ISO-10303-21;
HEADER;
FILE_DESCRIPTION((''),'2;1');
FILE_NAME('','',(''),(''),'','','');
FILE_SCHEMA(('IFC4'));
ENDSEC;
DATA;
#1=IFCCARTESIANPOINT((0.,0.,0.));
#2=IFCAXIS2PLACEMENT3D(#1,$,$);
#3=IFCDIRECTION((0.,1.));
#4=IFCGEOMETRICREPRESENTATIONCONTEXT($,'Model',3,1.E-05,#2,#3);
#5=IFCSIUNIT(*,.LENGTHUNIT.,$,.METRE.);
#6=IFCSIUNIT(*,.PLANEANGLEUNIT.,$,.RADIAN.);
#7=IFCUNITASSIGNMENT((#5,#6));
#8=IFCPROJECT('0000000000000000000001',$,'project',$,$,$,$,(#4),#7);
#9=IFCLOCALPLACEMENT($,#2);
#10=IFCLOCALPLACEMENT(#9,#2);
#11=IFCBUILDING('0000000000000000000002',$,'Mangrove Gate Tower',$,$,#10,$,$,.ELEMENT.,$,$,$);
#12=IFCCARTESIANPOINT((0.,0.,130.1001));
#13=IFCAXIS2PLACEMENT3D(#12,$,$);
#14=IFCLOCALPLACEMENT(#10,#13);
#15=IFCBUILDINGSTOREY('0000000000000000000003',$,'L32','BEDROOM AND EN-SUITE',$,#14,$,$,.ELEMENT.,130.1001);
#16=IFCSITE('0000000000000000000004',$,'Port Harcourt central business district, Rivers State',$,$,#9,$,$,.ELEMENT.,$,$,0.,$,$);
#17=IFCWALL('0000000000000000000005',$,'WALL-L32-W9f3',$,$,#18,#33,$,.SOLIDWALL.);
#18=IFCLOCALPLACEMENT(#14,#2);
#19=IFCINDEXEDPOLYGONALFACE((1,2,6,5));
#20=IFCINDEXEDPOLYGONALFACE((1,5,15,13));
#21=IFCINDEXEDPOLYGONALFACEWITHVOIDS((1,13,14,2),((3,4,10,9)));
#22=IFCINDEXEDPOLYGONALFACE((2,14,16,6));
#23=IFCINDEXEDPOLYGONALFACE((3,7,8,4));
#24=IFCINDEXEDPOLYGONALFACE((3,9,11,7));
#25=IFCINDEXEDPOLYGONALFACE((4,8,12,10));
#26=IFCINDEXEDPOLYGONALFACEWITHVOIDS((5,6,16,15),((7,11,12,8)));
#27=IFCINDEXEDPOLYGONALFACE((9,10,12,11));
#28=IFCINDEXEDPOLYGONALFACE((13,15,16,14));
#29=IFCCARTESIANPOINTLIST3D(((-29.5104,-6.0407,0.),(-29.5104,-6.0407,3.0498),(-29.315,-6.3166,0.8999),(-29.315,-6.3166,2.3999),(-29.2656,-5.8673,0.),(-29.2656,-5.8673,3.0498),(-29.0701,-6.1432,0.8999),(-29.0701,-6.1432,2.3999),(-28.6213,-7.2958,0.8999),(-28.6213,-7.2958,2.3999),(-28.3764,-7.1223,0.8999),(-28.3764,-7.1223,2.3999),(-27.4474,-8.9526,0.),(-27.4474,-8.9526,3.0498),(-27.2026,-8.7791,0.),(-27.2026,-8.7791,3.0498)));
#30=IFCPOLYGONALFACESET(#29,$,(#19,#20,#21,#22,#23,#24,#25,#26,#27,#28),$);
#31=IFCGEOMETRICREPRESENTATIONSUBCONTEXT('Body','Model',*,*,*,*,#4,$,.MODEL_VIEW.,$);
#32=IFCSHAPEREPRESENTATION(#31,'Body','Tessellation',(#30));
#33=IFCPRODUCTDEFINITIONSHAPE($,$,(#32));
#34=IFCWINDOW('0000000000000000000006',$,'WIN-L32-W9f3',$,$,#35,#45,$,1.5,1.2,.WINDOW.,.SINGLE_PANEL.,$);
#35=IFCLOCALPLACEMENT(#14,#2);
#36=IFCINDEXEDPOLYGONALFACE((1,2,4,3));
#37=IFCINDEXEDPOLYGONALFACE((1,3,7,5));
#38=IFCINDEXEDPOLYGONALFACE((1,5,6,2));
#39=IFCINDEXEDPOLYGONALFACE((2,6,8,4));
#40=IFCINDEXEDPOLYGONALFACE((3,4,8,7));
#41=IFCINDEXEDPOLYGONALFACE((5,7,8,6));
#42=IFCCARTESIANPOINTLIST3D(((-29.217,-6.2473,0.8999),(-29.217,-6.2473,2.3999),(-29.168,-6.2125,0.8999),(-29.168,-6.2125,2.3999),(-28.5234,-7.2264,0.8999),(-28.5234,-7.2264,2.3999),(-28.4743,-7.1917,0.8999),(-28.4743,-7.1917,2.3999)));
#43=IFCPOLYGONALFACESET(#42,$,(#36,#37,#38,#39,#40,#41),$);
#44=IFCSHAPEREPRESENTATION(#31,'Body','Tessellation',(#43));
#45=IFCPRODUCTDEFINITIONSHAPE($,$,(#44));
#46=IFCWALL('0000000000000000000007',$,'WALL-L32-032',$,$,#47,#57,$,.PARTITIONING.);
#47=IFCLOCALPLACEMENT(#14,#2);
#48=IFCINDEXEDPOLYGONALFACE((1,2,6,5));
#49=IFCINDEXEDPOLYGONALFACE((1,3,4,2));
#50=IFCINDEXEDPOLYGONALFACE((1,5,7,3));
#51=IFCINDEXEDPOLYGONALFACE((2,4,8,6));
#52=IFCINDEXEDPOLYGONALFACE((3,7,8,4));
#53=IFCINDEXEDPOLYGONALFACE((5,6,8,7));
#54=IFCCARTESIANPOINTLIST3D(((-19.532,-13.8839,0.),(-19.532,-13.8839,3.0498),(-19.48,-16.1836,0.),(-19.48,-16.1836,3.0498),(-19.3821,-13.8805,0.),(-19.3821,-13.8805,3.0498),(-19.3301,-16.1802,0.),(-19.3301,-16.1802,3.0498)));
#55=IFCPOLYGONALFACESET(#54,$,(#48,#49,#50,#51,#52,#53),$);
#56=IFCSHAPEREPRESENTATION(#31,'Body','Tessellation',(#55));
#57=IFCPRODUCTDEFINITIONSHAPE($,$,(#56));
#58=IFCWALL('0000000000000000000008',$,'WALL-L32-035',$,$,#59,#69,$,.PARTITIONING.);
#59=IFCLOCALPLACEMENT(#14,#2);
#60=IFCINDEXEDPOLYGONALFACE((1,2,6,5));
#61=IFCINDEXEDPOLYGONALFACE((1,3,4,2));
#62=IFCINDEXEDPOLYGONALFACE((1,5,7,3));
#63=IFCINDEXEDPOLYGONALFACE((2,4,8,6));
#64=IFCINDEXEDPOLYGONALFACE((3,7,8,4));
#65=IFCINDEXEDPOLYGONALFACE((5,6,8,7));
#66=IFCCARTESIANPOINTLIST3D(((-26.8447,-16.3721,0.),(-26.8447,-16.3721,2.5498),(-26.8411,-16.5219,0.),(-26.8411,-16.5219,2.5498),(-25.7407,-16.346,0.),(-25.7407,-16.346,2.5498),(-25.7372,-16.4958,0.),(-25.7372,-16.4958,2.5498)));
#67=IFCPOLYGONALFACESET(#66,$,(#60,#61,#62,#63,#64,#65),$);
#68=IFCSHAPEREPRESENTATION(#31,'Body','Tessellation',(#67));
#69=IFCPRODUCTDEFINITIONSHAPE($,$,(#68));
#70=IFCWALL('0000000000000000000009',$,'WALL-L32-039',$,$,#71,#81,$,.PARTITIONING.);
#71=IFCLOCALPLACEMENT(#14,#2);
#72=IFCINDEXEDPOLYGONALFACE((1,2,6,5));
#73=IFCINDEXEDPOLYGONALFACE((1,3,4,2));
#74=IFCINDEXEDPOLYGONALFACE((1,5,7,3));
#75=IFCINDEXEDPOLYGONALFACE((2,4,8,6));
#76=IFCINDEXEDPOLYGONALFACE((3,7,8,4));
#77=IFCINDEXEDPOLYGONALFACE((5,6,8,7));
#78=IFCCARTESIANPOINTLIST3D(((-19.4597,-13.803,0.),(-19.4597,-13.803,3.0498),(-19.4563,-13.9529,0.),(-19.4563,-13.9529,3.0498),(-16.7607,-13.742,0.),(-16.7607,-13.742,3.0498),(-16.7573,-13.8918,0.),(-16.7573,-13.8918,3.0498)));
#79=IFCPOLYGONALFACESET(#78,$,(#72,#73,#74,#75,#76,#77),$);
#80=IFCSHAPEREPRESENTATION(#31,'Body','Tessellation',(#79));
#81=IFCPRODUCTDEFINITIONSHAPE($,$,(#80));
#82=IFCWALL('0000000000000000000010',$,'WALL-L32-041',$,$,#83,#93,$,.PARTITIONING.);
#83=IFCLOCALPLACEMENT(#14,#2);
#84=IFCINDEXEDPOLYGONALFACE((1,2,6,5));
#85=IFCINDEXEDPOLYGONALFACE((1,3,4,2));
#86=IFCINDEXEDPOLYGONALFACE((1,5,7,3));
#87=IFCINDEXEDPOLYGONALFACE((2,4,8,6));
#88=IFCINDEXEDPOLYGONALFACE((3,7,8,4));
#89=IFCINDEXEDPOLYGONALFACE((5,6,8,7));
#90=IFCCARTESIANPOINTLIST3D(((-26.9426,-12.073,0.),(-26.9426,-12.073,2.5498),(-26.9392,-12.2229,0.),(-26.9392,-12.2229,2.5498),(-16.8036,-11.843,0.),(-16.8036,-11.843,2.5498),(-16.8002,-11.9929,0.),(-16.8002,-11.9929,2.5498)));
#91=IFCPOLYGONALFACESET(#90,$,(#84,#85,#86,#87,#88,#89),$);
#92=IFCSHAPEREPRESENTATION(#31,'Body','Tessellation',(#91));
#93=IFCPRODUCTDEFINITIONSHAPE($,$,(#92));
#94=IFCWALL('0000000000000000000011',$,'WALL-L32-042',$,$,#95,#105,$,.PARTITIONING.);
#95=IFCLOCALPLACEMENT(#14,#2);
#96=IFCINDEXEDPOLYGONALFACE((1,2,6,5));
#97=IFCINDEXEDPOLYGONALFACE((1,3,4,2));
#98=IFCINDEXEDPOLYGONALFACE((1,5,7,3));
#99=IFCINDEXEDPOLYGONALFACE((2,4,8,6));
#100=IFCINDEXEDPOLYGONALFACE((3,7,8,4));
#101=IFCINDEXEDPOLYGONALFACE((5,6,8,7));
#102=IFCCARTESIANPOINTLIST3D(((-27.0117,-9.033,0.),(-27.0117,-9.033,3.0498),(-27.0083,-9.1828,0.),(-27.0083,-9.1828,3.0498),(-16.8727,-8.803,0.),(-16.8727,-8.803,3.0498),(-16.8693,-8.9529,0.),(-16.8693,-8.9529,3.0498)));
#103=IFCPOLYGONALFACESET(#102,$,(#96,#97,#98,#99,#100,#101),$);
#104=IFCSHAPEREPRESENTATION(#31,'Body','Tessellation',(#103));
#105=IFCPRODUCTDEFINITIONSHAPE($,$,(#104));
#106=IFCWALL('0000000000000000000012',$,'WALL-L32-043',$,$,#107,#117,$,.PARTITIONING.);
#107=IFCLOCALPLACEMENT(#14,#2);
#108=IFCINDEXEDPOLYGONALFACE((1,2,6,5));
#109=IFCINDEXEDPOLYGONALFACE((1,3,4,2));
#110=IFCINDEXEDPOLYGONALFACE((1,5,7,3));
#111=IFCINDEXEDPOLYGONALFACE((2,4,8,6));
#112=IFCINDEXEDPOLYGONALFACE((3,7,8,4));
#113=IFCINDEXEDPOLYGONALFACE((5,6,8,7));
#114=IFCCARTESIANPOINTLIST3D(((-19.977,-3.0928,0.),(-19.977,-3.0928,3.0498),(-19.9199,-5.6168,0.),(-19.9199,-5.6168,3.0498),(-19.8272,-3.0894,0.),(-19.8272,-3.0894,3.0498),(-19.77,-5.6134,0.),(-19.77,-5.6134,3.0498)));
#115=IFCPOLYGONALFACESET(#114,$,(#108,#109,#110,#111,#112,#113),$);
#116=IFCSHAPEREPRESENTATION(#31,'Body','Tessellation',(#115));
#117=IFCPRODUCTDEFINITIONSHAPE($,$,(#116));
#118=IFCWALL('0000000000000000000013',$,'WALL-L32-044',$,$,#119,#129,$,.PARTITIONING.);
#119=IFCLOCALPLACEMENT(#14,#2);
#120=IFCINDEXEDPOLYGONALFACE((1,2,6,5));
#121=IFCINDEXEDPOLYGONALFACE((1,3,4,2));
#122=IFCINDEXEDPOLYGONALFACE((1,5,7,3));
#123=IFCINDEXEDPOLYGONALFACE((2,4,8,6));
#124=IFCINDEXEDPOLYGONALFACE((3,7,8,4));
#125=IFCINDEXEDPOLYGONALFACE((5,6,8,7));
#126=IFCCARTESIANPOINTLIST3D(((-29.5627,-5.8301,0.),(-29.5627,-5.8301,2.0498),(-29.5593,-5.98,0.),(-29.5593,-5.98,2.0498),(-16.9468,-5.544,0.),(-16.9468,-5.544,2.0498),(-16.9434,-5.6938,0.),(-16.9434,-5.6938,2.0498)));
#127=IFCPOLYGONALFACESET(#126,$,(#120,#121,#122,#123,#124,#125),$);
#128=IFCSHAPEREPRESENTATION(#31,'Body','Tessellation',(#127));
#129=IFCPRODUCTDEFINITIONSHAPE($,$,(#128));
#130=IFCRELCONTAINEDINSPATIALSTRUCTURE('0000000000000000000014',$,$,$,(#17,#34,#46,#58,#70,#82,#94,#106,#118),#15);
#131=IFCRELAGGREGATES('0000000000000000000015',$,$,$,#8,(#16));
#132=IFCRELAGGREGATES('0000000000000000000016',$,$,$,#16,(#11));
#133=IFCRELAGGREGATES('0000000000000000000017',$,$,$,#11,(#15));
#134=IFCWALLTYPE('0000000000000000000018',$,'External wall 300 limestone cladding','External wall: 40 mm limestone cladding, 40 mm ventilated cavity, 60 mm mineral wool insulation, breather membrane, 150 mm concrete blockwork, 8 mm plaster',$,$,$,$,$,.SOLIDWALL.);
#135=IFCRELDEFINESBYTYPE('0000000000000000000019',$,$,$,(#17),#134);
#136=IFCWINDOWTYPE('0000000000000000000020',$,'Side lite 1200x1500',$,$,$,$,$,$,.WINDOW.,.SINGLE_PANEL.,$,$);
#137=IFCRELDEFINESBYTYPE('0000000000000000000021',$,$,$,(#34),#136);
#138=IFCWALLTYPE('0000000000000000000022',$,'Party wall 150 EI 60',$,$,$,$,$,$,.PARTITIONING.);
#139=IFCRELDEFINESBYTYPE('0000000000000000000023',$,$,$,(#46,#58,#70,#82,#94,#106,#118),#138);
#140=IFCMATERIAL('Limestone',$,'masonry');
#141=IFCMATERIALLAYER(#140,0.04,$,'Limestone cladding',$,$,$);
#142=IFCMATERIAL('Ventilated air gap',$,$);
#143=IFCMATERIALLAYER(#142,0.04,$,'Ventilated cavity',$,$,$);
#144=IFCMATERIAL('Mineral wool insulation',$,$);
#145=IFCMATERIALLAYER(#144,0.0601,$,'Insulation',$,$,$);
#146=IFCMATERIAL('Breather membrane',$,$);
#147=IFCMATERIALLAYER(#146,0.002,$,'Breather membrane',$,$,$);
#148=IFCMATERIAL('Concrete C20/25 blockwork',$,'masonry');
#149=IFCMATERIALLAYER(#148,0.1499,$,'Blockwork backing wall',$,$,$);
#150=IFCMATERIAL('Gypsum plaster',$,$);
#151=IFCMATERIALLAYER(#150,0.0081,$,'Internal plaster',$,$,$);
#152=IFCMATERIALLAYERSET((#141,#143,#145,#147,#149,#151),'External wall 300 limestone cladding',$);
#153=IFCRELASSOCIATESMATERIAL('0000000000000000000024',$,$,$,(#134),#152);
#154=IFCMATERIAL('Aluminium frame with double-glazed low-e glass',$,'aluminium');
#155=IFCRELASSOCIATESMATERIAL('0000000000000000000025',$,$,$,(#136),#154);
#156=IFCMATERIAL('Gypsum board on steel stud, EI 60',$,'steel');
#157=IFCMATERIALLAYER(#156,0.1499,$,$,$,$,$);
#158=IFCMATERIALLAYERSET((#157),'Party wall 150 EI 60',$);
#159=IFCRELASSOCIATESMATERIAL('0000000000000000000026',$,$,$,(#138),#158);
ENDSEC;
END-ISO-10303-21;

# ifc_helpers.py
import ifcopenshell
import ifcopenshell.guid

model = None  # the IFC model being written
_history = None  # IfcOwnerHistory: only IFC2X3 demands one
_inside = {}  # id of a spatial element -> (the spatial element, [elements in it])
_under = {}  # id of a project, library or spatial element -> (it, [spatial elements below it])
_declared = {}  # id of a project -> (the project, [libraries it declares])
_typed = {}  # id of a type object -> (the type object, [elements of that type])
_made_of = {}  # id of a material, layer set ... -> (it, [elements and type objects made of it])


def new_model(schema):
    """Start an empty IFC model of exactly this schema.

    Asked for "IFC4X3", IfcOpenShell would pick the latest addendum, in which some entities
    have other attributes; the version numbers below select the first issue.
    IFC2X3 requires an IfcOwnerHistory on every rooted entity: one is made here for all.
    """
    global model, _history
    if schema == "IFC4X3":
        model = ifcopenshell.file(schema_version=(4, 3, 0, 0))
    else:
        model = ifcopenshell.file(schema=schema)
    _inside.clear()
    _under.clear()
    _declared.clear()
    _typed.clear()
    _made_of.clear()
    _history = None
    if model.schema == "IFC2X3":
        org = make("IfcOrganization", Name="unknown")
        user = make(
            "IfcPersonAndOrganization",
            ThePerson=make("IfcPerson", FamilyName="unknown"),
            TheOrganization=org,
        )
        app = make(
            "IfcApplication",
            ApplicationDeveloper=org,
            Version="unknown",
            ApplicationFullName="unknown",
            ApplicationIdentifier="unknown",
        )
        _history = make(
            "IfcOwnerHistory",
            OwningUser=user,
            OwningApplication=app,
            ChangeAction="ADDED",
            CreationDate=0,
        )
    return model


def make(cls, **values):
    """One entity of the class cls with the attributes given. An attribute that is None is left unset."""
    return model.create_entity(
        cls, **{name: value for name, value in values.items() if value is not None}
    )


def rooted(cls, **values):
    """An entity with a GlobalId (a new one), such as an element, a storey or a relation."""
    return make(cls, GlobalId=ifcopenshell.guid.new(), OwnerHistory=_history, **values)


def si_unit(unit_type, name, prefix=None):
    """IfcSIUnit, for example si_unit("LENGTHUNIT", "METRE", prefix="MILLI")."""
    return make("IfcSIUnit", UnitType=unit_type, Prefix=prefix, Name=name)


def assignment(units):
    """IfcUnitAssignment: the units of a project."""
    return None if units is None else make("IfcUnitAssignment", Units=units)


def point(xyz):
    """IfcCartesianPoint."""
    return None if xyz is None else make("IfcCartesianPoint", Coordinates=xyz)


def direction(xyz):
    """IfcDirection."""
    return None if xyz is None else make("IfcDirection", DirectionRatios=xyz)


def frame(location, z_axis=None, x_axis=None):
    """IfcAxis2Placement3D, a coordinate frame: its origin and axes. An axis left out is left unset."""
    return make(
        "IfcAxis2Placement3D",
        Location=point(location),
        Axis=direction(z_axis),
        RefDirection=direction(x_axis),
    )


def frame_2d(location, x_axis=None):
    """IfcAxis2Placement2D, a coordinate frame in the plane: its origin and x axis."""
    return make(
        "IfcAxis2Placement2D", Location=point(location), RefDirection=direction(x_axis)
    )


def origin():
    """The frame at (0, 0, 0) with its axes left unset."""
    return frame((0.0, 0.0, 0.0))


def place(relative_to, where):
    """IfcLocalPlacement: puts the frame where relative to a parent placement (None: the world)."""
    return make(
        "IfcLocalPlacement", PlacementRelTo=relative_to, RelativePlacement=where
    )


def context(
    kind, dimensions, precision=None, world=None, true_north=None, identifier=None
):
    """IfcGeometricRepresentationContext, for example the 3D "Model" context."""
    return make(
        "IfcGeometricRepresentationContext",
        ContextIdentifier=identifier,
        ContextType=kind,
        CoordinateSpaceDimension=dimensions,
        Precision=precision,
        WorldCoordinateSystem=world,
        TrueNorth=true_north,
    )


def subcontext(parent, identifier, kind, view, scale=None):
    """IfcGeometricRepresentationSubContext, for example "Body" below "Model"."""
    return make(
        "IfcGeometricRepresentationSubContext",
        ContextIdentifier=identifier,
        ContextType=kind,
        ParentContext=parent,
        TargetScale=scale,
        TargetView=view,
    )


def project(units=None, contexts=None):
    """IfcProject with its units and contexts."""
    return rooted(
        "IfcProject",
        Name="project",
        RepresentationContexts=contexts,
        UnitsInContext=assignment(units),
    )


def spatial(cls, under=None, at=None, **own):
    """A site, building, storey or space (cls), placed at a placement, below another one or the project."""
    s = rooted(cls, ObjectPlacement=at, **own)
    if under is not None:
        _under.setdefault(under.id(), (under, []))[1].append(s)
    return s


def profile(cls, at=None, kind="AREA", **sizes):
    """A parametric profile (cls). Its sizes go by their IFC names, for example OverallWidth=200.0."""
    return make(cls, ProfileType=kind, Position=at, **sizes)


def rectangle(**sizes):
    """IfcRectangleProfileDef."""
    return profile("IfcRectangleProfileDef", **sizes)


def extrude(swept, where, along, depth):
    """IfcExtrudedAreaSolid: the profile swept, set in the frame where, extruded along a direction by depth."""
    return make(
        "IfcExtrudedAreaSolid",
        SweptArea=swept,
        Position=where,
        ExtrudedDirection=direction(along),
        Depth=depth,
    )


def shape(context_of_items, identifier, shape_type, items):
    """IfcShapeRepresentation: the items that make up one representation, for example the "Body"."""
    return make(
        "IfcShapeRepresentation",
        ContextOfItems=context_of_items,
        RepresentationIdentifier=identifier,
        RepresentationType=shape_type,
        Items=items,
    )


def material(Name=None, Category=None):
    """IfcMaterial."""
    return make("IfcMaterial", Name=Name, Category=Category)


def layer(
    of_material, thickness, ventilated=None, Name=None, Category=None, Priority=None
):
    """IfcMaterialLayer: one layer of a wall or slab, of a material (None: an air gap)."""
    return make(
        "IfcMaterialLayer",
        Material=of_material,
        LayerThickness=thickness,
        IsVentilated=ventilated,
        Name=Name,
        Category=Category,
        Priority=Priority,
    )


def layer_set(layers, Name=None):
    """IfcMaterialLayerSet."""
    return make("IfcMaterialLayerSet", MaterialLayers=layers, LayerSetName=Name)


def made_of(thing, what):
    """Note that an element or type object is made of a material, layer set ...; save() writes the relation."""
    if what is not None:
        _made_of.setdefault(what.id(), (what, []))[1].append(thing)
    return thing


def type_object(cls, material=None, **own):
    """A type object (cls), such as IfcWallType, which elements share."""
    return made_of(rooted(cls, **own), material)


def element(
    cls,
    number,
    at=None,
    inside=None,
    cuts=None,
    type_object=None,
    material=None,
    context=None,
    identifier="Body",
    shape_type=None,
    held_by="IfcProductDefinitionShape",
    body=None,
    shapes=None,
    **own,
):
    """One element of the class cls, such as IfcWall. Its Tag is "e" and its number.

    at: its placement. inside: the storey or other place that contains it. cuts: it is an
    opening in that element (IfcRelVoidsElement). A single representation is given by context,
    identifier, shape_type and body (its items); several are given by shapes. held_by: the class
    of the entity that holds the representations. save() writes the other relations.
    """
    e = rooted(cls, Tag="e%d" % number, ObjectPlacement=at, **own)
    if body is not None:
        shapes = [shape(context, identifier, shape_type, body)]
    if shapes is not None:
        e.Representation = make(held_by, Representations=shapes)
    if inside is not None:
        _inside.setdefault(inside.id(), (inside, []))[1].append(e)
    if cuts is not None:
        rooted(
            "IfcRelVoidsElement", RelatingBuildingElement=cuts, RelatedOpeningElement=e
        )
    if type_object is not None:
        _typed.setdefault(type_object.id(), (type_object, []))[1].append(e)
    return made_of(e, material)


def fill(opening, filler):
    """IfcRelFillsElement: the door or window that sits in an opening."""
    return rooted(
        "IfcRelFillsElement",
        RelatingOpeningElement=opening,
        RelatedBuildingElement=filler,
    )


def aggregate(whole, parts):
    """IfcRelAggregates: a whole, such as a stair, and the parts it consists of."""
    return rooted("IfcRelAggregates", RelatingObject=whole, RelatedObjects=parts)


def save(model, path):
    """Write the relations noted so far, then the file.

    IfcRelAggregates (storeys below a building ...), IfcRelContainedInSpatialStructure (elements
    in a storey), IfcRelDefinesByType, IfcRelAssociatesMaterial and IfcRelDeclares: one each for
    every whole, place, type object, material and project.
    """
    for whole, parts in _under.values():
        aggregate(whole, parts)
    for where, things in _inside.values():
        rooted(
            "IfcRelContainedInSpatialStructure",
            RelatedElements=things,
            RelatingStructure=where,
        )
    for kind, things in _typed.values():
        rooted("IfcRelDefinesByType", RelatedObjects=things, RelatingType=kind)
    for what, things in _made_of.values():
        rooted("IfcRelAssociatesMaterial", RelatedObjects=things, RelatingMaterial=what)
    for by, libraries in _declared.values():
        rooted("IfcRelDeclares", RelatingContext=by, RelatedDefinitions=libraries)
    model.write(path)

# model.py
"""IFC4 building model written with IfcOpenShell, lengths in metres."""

from ifc_helpers import new_model, si_unit, direction, frame, frame_2d, origin, place, context, subcontext, project, spatial, rectangle, extrude, material, layer, layer_set, type_object, element, fill, save


model = new_model("IFC4")

# Units and contexts
model_context = context("Model", 3, precision=1e-05, world=origin(), true_north=direction((0.0, 1.0)))
body_context = subcontext(model_context, "Body", "Model", "MODEL_VIEW")
ifc_project = project(units=[si_unit("LENGTHUNIT", "METRE"), si_unit("PLANEANGLEUNIT", "RADIAN")], contexts=[model_context])

# Site, building, storey
site_placement = place(None, origin())
site = spatial("IfcSite", under=ifc_project, at=site_placement, Name="Port Harcourt central business district, Rivers State", CompositionType="ELEMENT", RefElevation=0.0)
building_placement = place(site_placement, origin())
building = spatial("IfcBuilding", under=site, at=building_placement, Name="Mangrove Gate Tower", CompositionType="ELEMENT")
storey_placement = place(building_placement, frame((0.0, 0.0, 130.1001)))
storey = spatial("IfcBuildingStorey", under=building, at=storey_placement, Name="L32", Description="BEDROOM AND EN-SUITE", CompositionType="ELEMENT", Elevation=130.1001)

# Wall, opening, window
ifc_material_1 = material(Name="Limestone", Category="masonry")
ifc_layer_1 = layer(ifc_material_1, 0.04, Name="Limestone cladding")
ifc_material_2 = material(Name="Ventilated air gap")
ifc_layer_2 = layer(ifc_material_2, 0.04, Name="Ventilated cavity")
ifc_material_3 = material(Name="Mineral wool insulation")
ifc_layer_3 = layer(ifc_material_3, 0.0601, Name="Insulation")
ifc_material_4 = material(Name="Breather membrane")
ifc_layer_4 = layer(ifc_material_4, 0.002, Name="Breather membrane")
ifc_material_5 = material(Name="Concrete C20/25 blockwork", Category="masonry")
ifc_layer_5 = layer(ifc_material_5, 0.1499, Name="Blockwork backing wall")
ifc_material_6 = material(Name="Gypsum plaster")
ifc_layer_6 = layer(ifc_material_6, 0.0081, Name="Internal plaster")
ifc_layer_set_1 = layer_set([ifc_layer_1, ifc_layer_2, ifc_layer_3, ifc_layer_4, ifc_layer_5, ifc_layer_6], Name="External wall 300 limestone cladding")
wall_type_1 = type_object("IfcWallType", Name="External wall 300 limestone cladding", Description="External wall: 40 mm limestone cladding, 40 mm ventilated cavity, 60 mm mineral wool insulation, breather membrane, 150 mm concrete blockwork, 8 mm plaster", PredefinedType="SOLIDWALL", material=ifc_layer_set_1)
wall_1_placement = place(storey_placement, frame((-29.3879, -5.9541, 0.0), z_axis=(0.0, 0.0, 1.0), x_axis=(0.578095, -0.815969, 0.0)))
wall_1 = element("IfcWall", 1, at=wall_1_placement, inside=storey, type_object=wall_type_1, Name="WALL-L32-W9f3", PredefinedType="SOLIDWALL", context=body_context, shape_type="SweptSolid", body=[
    extrude(rectangle(XDim=3.5686, YDim=0.3, at=frame_2d((1.7842, 0.0))), origin(), (0.0, 0.0, 1.0), 3.0498),
])
opening_1_placement = place(wall_1_placement, frame((0.3379, 0.0, 0.8999)))
opening_1 = element("IfcOpeningElement", 2, at=opening_1_placement, cuts=wall_1, PredefinedType="OPENING", context=body_context, shape_type="SweptSolid", body=[
    extrude(rectangle(XDim=1.2, YDim=1.5, at=frame_2d((0.6001, 0.75))), frame((0.0, 0.1599, 0.0), z_axis=(0.0, -1.0, 0.0), x_axis=(1.0, 0.0, 0.0)), (0.0, 0.0, 1.0), 0.3201),
])
ifc_material_7 = material(Name="Aluminium frame with double-glazed low-e glass", Category="aluminium")
window_type_1 = type_object("IfcWindowType", Name="Side lite 1200x1500", PartitioningType="SINGLE_PANEL", PredefinedType="WINDOW", material=ifc_material_7)
window_1_placement = place(opening_1_placement, origin())
window_1 = element("IfcWindow", 3, at=window_1_placement, inside=storey, type_object=window_type_1, Name="WIN-L32-W9f3", OverallHeight=1.5, OverallWidth=1.2, PartitioningType="SINGLE_PANEL", PredefinedType="WINDOW", context=body_context, shape_type="SweptSolid", body=[
    extrude(rectangle(XDim=1.2, YDim=1.5, at=frame_2d((0.6001, 0.75))), frame((0.0, 0.03, 0.0), z_axis=(0.0, -1.0, 0.0), x_axis=(1.0, 0.0, 0.0)), (0.0, 0.0, 1.0), 0.0601),
])
fill(opening_1, window_1)

# Walls
ifc_material_8 = material(Name="Gypsum board on steel stud, EI 60", Category="steel")
ifc_layer_7 = layer(ifc_material_8, 0.1499)
ifc_layer_set_2 = layer_set([ifc_layer_7], Name="Party wall 150 EI 60")
wall_type_2 = type_object("IfcWallType", Name="Party wall 150 EI 60", PredefinedType="PARTITIONING", material=ifc_layer_set_2)
wall_2_placement = place(storey_placement, frame((-19.405, -16.1819, 0.0), z_axis=(0.0, 0.0, 1.0), x_axis=(-0.022606, 0.999744, 0.0)))
element("IfcWall", 4, at=wall_2_placement, inside=storey, type_object=wall_type_2, Name="WALL-L32-032", PredefinedType="PARTITIONING", context=body_context, shape_type="SweptSolid", body=[
    extrude(rectangle(XDim=2.3003, YDim=0.1499, at=frame_2d((1.1501, 0.0))), origin(), (0.0, 0.0, 1.0), 3.0498),
])
wall_3_placement = place(storey_placement, frame((-26.843, -16.447, 0.0), z_axis=(0.0, 0.0, 1.0), x_axis=(0.99972, 0.023655, 0.0)))
element("IfcWall", 5, at=wall_3_placement, inside=storey, type_object=wall_type_2, Name="WALL-L32-035", PredefinedType="PARTITIONING", context=body_context, shape_type="SweptSolid", body=[
    extrude(rectangle(XDim=1.1042, YDim=0.1499, at=frame_2d((0.5522, 0.0))), origin(), (0.0, 0.0, 1.0), 2.5498),
])
wall_4_placement = place(storey_placement, frame((-19.458, -13.8779, 0.0), z_axis=(0.0, 0.0, 1.0), x_axis=(0.999744, 0.022608, 0.0)))
element("IfcWall", 6, at=wall_4_placement, inside=storey, type_object=wall_type_2, Name="WALL-L32-039", PredefinedType="PARTITIONING", context=body_context, shape_type="SweptSolid", body=[
    extrude(rectangle(XDim=2.6997, YDim=0.1499, at=frame_2d((1.3499, 0.0))), origin(), (0.0, 0.0, 1.0), 3.0498),
])
wall_5_placement = place(storey_placement, frame((-26.9409, -12.1479, 0.0), z_axis=(0.0, 0.0, 1.0), x_axis=(0.999743, 0.022677, 0.0)))
element("IfcWall", 7, at=wall_5_placement, inside=storey, type_object=wall_type_2, Name="WALL-L32-041", PredefinedType="PARTITIONING", context=body_context, shape_type="SweptSolid", body=[
    extrude(rectangle(XDim=10.1416, YDim=0.1499, at=frame_2d((5.0708, 0.0))), origin(), (0.0, 0.0, 1.0), 2.5498),
])
wall_6_placement = place(storey_placement, frame((-27.01, -9.1079, 0.0), z_axis=(0.0, 0.0, 1.0), x_axis=(0.999743, 0.022677, 0.0)))
element("IfcWall", 8, at=wall_6_placement, inside=storey, type_object=wall_type_2, Name="WALL-L32-042", PredefinedType="PARTITIONING", context=body_context, shape_type="SweptSolid", body=[
    extrude(rectangle(XDim=10.1416, YDim=0.1499, at=frame_2d((5.0708, 0.0))), origin(), (0.0, 0.0, 1.0), 3.0498),
])
wall_7_placement = place(storey_placement, frame((-19.845, -5.615, 0.0), z_axis=(0.0, 0.0, 1.0), x_axis=(-0.022629, 0.999744, 0.0)))
element("IfcWall", 9, at=wall_7_placement, inside=storey, type_object=wall_type_2, Name="WALL-L32-043", PredefinedType="PARTITIONING", context=body_context, shape_type="SweptSolid", body=[
    extrude(rectangle(XDim=2.5247, YDim=0.1499, at=frame_2d((1.2622, 0.0))), origin(), (0.0, 0.0, 1.0), 3.0498),
])
wall_8_placement = place(storey_placement, frame((-29.561, -5.905, 0.0), z_axis=(0.0, 0.0, 1.0), x_axis=(0.999743, 0.022674, 0.0)))
element("IfcWall", 10, at=wall_8_placement, inside=storey, type_object=wall_type_2, Name="WALL-L32-044", PredefinedType="PARTITIONING", context=body_context, shape_type="SweptSolid", body=[
    extrude(rectangle(XDim=12.6191, YDim=0.1499, at=frame_2d((6.3096, 0.0))), origin(), (0.0, 0.0, 1.0), 2.0498),
])

save(model, "model.ifc")
